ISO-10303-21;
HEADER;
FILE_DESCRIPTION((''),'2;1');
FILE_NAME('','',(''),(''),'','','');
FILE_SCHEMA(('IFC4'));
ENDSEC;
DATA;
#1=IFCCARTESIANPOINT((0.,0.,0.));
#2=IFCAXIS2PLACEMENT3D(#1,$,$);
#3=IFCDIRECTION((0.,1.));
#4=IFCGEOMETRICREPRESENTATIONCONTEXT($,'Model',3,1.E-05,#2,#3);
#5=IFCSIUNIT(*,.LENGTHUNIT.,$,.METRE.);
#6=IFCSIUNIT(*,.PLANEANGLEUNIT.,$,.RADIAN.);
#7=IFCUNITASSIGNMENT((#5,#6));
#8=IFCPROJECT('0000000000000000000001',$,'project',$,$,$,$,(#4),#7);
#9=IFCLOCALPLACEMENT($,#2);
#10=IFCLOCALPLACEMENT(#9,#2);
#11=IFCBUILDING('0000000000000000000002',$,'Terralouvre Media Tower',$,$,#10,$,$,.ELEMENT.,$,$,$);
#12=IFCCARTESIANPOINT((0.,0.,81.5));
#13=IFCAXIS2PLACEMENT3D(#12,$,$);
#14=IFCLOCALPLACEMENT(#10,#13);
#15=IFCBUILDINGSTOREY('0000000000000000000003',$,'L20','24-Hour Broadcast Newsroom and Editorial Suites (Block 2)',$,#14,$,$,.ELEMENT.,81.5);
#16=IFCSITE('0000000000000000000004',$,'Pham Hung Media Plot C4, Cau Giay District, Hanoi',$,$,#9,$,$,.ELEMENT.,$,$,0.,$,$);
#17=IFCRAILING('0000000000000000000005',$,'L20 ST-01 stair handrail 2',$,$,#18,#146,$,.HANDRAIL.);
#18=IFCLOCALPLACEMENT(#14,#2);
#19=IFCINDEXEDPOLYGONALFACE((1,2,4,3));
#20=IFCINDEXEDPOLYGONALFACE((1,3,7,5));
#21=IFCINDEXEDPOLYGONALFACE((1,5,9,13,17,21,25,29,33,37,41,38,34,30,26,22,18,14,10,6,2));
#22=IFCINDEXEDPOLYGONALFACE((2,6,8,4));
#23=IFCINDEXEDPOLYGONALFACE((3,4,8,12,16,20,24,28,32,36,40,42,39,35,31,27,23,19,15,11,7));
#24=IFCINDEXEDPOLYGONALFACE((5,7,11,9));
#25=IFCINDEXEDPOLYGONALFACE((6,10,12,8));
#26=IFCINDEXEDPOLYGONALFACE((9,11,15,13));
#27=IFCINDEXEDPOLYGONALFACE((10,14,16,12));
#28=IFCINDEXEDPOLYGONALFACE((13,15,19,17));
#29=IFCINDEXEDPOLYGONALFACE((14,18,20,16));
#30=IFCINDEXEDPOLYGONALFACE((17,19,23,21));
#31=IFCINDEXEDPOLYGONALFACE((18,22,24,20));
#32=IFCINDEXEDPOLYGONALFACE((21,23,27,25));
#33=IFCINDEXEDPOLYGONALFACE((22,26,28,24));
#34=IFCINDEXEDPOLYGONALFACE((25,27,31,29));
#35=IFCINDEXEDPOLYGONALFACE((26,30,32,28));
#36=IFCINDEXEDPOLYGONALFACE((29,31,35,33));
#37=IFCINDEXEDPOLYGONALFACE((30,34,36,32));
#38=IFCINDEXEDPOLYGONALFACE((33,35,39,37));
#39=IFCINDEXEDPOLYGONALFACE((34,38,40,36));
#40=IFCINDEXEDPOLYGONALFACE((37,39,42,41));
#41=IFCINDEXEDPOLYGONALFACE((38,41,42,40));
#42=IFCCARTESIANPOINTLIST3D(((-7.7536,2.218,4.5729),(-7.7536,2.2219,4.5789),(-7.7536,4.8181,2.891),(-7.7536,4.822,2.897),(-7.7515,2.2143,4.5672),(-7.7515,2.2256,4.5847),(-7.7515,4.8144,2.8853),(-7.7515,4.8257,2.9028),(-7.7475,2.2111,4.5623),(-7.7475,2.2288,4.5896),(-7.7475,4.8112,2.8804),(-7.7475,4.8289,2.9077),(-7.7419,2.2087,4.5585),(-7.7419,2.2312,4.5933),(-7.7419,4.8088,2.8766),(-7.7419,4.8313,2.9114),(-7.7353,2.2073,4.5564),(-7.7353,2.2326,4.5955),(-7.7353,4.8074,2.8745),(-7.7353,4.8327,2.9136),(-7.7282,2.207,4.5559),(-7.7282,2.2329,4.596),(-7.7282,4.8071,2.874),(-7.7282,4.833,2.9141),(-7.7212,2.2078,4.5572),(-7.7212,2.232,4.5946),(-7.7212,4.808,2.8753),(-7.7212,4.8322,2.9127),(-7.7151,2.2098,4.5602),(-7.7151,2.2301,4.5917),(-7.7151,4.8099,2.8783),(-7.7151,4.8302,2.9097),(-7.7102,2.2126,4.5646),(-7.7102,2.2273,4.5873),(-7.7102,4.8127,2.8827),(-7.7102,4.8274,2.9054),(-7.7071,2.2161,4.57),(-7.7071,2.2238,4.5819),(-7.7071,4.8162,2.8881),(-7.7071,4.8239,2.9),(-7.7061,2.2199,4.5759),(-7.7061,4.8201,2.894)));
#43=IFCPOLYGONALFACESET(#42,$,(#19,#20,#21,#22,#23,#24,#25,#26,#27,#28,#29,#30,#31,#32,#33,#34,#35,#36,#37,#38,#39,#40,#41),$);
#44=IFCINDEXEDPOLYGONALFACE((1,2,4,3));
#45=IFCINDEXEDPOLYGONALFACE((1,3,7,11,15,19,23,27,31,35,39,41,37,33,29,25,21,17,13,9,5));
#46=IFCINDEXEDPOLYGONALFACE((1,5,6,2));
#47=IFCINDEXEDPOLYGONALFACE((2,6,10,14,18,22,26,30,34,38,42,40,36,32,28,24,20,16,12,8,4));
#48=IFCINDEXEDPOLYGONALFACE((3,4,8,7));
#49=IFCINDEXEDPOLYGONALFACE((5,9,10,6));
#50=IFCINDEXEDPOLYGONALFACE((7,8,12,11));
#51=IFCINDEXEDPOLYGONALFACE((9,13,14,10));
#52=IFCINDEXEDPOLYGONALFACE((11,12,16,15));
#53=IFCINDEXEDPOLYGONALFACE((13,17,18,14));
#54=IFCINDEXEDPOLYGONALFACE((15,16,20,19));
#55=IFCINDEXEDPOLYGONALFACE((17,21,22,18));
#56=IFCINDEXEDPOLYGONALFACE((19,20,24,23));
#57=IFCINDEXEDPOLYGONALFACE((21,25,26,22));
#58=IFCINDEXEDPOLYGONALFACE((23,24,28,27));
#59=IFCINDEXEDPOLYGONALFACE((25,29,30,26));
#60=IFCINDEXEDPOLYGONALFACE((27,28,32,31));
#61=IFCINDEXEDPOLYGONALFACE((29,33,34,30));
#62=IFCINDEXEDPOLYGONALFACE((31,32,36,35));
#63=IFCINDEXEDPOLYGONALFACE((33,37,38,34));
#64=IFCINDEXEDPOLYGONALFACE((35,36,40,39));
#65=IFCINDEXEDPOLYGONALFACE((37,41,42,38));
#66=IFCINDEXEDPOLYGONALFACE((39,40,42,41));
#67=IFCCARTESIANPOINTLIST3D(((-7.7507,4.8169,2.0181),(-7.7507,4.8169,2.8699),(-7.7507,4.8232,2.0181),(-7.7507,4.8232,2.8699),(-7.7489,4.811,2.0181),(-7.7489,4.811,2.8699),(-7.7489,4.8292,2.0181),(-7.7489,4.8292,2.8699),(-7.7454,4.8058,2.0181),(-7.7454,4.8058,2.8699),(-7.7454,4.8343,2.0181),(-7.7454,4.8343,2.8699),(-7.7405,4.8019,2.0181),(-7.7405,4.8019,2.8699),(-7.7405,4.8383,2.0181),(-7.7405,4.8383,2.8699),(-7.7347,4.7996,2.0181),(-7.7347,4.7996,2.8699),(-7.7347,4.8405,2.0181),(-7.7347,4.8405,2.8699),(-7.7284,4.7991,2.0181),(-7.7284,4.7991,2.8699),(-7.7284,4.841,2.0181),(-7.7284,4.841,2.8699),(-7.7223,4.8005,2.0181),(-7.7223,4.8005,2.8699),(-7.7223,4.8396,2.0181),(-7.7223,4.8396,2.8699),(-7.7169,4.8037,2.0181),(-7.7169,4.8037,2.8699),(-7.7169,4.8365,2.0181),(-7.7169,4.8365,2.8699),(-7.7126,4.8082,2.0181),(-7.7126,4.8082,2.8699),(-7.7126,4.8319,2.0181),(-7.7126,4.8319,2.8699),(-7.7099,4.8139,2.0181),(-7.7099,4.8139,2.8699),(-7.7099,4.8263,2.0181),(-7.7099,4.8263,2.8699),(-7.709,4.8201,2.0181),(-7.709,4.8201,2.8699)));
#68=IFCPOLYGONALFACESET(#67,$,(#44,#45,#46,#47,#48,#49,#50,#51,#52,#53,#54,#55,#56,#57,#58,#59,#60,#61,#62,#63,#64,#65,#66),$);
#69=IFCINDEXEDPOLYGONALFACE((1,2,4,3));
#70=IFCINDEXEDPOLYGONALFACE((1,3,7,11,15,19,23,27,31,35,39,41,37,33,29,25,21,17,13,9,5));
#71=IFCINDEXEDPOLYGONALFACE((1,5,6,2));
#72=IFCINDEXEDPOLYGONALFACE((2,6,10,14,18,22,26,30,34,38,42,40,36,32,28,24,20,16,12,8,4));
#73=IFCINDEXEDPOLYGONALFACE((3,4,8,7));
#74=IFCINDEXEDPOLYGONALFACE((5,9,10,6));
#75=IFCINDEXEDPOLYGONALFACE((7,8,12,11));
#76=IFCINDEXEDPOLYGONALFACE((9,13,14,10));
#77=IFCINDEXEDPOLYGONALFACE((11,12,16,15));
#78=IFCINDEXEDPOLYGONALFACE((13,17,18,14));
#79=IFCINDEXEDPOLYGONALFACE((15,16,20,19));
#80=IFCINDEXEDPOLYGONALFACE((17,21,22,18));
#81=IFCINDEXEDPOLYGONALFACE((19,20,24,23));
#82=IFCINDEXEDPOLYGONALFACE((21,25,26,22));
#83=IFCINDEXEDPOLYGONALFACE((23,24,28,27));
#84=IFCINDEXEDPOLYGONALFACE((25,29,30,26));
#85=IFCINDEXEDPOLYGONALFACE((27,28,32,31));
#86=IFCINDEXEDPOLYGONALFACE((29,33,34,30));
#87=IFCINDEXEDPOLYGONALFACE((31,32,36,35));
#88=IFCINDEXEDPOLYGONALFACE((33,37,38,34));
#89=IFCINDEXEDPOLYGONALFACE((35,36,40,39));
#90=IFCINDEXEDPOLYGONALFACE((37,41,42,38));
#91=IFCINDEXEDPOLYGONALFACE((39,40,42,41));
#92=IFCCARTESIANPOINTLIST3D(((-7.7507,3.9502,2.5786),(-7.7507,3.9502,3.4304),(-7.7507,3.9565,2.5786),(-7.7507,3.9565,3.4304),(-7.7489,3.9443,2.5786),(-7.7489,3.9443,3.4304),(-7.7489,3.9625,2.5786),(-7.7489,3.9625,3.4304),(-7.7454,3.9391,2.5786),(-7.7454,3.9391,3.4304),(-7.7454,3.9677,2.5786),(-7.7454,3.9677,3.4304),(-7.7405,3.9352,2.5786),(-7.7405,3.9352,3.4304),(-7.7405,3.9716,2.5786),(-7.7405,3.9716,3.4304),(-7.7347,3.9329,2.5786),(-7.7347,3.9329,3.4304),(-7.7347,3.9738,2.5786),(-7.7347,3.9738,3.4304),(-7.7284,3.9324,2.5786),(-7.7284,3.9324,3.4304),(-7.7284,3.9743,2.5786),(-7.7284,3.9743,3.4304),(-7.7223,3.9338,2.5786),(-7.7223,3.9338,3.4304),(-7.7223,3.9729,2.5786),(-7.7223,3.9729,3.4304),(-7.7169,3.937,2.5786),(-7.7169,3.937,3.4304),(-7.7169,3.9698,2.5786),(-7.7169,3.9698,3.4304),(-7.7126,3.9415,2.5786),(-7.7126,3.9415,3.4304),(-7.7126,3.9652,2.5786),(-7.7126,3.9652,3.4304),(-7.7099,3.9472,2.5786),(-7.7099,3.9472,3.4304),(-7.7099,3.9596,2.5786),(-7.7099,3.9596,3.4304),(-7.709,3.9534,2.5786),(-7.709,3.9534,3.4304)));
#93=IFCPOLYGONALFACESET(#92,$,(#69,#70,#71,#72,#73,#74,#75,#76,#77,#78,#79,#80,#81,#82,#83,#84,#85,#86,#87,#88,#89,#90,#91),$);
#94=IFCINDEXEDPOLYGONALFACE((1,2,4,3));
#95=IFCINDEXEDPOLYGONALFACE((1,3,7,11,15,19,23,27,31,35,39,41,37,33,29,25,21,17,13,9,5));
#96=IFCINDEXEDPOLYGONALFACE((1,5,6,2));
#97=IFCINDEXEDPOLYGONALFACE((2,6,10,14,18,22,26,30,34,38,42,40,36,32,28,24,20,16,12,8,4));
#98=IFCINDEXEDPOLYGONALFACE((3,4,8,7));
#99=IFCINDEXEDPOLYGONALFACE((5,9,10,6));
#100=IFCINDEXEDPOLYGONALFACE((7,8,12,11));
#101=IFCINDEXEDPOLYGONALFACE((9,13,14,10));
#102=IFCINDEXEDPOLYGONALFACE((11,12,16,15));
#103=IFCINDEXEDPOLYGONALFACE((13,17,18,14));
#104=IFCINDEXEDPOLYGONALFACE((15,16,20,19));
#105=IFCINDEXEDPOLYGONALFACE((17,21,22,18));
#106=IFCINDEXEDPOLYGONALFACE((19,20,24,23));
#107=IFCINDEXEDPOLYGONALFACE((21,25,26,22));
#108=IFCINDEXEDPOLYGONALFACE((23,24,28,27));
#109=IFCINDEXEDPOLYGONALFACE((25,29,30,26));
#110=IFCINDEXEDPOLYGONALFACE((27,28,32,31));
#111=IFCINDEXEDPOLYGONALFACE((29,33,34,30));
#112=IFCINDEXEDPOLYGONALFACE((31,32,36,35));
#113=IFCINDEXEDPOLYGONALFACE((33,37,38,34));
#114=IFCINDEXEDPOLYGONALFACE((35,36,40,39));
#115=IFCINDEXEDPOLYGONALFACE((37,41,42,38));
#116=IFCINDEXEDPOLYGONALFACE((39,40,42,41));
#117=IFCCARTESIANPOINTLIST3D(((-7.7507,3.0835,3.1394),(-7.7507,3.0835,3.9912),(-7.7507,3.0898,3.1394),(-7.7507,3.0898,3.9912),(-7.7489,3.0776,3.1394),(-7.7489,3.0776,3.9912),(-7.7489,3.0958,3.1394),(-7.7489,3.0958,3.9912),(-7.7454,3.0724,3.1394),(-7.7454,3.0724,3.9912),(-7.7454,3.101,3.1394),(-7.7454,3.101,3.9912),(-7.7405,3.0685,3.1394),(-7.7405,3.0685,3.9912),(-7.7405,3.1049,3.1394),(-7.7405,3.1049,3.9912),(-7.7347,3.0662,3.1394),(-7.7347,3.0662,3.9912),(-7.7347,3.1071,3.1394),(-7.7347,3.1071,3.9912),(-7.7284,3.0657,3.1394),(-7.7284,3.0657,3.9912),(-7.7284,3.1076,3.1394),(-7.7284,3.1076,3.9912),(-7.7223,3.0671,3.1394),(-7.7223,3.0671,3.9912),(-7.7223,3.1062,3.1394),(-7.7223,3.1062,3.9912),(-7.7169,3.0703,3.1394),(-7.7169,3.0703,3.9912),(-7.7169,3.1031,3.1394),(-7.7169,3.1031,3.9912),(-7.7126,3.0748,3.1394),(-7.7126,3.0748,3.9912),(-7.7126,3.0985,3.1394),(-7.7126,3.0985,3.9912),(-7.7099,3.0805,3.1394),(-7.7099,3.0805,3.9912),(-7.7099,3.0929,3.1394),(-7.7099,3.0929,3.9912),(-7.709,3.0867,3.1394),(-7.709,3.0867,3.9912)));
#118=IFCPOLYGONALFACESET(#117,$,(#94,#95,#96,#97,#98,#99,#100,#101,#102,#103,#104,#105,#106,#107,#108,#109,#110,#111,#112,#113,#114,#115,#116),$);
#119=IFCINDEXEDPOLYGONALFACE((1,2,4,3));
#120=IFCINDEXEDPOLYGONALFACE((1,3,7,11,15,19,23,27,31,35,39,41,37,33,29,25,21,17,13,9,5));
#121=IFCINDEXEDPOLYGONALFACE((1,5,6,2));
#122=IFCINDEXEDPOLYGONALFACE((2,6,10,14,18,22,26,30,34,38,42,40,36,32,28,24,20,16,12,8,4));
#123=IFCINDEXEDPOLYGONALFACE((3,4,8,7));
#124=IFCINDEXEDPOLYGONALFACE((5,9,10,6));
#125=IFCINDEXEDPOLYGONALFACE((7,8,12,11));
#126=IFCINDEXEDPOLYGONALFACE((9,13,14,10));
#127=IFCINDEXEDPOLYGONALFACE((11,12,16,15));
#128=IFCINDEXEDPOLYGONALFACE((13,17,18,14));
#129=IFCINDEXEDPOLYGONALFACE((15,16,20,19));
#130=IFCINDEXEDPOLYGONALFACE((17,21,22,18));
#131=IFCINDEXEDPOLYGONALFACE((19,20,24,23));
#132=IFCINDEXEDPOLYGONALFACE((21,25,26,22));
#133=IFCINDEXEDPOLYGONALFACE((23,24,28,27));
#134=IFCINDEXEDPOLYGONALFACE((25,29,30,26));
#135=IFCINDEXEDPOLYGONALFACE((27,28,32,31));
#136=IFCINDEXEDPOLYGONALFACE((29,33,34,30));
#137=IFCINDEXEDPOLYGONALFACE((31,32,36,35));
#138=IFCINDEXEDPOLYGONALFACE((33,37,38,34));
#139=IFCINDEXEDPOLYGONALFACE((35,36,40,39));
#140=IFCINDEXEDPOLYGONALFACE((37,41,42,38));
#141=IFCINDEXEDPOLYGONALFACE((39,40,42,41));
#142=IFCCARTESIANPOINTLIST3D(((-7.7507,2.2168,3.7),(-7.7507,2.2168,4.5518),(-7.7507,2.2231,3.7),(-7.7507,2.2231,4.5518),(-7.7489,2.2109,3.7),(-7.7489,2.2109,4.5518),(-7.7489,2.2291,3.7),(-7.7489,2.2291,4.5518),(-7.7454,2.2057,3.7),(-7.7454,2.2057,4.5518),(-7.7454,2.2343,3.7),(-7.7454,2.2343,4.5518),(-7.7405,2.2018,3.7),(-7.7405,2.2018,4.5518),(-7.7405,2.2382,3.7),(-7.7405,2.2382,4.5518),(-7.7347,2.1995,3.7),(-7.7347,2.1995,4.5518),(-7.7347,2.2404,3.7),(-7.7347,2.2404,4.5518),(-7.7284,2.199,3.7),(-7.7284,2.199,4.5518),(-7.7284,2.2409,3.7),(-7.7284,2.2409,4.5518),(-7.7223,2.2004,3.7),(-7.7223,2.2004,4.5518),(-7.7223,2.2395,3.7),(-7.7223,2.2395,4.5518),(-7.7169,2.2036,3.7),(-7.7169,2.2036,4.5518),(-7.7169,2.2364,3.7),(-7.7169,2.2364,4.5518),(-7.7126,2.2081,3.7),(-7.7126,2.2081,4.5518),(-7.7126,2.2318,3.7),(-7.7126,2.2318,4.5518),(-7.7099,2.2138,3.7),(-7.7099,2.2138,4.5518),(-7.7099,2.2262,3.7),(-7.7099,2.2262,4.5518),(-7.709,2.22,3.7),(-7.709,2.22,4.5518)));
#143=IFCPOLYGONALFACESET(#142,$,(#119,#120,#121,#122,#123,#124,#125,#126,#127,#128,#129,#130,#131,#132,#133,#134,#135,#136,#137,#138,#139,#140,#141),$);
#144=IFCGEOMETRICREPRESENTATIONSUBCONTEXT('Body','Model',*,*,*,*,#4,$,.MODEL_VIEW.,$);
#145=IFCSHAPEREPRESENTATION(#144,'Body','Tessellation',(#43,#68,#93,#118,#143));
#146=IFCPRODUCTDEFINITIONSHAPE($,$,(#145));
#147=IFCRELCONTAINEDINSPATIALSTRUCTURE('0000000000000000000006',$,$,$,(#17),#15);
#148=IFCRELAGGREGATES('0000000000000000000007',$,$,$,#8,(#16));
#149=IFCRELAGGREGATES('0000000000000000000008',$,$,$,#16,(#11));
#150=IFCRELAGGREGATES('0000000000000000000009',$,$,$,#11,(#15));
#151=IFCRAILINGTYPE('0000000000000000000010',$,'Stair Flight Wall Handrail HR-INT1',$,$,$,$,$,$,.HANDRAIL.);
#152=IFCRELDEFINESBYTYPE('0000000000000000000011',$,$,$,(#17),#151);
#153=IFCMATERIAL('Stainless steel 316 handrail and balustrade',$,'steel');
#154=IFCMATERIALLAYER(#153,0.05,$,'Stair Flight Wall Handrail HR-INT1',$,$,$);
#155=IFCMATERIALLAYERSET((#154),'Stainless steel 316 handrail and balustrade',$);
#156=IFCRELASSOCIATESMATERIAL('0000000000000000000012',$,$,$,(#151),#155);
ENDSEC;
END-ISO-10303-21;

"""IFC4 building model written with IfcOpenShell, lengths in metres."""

from ifc_helpers import new_model, si_unit, direction, frame, origin, origin_2d, place, context, subcontext, project, spatial, circle, extrude, material, layer, layer_set, type_object, element, save


model = new_model("IFC4")

# Units and contexts
model_context = context("Model", 3, precision=1e-05, world=origin(), true_north=direction((0.0, 1.0)))
body_context = subcontext(model_context, "Body", "Model", "MODEL_VIEW")
ifc_project = project(units=[si_unit("LENGTHUNIT", "METRE"), si_unit("PLANEANGLEUNIT", "RADIAN")], contexts=[model_context])

# Site, building, storey
site_placement = place(None, origin())
site = spatial("IfcSite", under=ifc_project, at=site_placement, Name="Pham Hung Media Plot C4, Cau Giay District, Hanoi", CompositionType="ELEMENT", RefElevation=0.0)
building_placement = place(site_placement, origin())
building = spatial("IfcBuilding", under=site, at=building_placement, Name="Terralouvre Media Tower", CompositionType="ELEMENT")
storey_placement = place(building_placement, frame((0.0, 0.0, 81.5)))
storey = spatial("IfcBuildingStorey", under=building, at=storey_placement, Name="L20", Description="24-Hour Broadcast Newsroom and Editorial Suites (Block 2)", CompositionType="ELEMENT", Elevation=81.5)

# Railing
ifc_material_1 = material(Name="Stainless steel 316 handrail and balustrade", Category="steel")
ifc_layer_1 = layer(ifc_material_1, 0.05, Name="Stair Flight Wall Handrail HR-INT1")
ifc_layer_set_1 = layer_set([ifc_layer_1], Name="Stainless steel 316 handrail and balustrade")
railing_type_1 = type_object("IfcRailingType", Name="Stair Flight Wall Handrail HR-INT1", PredefinedType="HANDRAIL", material=ifc_layer_set_1)
railing_1_placement = place(storey_placement, frame((-7.73, 4.8201, 2.0181)))
element("IfcRailing", 1, at=railing_1_placement, inside=storey, type_object=railing_type_1, Name="L20 ST-01 stair handrail 2", PredefinedType="HANDRAIL", context=body_context, shape_type="SweptSolid", body=[
    extrude(circle(Radius=0.0239, at=origin_2d()), frame((0.0, 0.0, 0.876), z_axis=(0.0, -0.839648, 0.54313), x_axis=(1.0, 0.0, 0.0)), (0.0, 0.0, 1.0), 3.0967),
    extrude(circle(Radius=0.021, at=origin_2d()), origin(), (0.0, 0.0, 1.0), 0.8518),
    extrude(circle(Radius=0.021, at=origin_2d()), frame((0.0, -0.8667, 0.5605)), (0.0, 0.0, 1.0), 0.8518),
    extrude(circle(Radius=0.021, at=origin_2d()), frame((0.0, -1.7334, 1.1213)), (0.0, 0.0, 1.0), 0.8518),
    extrude(circle(Radius=0.021, at=origin_2d()), frame((0.0, -2.6001, 1.6819)), (0.0, 0.0, 1.0), 0.8518),
])

save(model, "model.ifc")
